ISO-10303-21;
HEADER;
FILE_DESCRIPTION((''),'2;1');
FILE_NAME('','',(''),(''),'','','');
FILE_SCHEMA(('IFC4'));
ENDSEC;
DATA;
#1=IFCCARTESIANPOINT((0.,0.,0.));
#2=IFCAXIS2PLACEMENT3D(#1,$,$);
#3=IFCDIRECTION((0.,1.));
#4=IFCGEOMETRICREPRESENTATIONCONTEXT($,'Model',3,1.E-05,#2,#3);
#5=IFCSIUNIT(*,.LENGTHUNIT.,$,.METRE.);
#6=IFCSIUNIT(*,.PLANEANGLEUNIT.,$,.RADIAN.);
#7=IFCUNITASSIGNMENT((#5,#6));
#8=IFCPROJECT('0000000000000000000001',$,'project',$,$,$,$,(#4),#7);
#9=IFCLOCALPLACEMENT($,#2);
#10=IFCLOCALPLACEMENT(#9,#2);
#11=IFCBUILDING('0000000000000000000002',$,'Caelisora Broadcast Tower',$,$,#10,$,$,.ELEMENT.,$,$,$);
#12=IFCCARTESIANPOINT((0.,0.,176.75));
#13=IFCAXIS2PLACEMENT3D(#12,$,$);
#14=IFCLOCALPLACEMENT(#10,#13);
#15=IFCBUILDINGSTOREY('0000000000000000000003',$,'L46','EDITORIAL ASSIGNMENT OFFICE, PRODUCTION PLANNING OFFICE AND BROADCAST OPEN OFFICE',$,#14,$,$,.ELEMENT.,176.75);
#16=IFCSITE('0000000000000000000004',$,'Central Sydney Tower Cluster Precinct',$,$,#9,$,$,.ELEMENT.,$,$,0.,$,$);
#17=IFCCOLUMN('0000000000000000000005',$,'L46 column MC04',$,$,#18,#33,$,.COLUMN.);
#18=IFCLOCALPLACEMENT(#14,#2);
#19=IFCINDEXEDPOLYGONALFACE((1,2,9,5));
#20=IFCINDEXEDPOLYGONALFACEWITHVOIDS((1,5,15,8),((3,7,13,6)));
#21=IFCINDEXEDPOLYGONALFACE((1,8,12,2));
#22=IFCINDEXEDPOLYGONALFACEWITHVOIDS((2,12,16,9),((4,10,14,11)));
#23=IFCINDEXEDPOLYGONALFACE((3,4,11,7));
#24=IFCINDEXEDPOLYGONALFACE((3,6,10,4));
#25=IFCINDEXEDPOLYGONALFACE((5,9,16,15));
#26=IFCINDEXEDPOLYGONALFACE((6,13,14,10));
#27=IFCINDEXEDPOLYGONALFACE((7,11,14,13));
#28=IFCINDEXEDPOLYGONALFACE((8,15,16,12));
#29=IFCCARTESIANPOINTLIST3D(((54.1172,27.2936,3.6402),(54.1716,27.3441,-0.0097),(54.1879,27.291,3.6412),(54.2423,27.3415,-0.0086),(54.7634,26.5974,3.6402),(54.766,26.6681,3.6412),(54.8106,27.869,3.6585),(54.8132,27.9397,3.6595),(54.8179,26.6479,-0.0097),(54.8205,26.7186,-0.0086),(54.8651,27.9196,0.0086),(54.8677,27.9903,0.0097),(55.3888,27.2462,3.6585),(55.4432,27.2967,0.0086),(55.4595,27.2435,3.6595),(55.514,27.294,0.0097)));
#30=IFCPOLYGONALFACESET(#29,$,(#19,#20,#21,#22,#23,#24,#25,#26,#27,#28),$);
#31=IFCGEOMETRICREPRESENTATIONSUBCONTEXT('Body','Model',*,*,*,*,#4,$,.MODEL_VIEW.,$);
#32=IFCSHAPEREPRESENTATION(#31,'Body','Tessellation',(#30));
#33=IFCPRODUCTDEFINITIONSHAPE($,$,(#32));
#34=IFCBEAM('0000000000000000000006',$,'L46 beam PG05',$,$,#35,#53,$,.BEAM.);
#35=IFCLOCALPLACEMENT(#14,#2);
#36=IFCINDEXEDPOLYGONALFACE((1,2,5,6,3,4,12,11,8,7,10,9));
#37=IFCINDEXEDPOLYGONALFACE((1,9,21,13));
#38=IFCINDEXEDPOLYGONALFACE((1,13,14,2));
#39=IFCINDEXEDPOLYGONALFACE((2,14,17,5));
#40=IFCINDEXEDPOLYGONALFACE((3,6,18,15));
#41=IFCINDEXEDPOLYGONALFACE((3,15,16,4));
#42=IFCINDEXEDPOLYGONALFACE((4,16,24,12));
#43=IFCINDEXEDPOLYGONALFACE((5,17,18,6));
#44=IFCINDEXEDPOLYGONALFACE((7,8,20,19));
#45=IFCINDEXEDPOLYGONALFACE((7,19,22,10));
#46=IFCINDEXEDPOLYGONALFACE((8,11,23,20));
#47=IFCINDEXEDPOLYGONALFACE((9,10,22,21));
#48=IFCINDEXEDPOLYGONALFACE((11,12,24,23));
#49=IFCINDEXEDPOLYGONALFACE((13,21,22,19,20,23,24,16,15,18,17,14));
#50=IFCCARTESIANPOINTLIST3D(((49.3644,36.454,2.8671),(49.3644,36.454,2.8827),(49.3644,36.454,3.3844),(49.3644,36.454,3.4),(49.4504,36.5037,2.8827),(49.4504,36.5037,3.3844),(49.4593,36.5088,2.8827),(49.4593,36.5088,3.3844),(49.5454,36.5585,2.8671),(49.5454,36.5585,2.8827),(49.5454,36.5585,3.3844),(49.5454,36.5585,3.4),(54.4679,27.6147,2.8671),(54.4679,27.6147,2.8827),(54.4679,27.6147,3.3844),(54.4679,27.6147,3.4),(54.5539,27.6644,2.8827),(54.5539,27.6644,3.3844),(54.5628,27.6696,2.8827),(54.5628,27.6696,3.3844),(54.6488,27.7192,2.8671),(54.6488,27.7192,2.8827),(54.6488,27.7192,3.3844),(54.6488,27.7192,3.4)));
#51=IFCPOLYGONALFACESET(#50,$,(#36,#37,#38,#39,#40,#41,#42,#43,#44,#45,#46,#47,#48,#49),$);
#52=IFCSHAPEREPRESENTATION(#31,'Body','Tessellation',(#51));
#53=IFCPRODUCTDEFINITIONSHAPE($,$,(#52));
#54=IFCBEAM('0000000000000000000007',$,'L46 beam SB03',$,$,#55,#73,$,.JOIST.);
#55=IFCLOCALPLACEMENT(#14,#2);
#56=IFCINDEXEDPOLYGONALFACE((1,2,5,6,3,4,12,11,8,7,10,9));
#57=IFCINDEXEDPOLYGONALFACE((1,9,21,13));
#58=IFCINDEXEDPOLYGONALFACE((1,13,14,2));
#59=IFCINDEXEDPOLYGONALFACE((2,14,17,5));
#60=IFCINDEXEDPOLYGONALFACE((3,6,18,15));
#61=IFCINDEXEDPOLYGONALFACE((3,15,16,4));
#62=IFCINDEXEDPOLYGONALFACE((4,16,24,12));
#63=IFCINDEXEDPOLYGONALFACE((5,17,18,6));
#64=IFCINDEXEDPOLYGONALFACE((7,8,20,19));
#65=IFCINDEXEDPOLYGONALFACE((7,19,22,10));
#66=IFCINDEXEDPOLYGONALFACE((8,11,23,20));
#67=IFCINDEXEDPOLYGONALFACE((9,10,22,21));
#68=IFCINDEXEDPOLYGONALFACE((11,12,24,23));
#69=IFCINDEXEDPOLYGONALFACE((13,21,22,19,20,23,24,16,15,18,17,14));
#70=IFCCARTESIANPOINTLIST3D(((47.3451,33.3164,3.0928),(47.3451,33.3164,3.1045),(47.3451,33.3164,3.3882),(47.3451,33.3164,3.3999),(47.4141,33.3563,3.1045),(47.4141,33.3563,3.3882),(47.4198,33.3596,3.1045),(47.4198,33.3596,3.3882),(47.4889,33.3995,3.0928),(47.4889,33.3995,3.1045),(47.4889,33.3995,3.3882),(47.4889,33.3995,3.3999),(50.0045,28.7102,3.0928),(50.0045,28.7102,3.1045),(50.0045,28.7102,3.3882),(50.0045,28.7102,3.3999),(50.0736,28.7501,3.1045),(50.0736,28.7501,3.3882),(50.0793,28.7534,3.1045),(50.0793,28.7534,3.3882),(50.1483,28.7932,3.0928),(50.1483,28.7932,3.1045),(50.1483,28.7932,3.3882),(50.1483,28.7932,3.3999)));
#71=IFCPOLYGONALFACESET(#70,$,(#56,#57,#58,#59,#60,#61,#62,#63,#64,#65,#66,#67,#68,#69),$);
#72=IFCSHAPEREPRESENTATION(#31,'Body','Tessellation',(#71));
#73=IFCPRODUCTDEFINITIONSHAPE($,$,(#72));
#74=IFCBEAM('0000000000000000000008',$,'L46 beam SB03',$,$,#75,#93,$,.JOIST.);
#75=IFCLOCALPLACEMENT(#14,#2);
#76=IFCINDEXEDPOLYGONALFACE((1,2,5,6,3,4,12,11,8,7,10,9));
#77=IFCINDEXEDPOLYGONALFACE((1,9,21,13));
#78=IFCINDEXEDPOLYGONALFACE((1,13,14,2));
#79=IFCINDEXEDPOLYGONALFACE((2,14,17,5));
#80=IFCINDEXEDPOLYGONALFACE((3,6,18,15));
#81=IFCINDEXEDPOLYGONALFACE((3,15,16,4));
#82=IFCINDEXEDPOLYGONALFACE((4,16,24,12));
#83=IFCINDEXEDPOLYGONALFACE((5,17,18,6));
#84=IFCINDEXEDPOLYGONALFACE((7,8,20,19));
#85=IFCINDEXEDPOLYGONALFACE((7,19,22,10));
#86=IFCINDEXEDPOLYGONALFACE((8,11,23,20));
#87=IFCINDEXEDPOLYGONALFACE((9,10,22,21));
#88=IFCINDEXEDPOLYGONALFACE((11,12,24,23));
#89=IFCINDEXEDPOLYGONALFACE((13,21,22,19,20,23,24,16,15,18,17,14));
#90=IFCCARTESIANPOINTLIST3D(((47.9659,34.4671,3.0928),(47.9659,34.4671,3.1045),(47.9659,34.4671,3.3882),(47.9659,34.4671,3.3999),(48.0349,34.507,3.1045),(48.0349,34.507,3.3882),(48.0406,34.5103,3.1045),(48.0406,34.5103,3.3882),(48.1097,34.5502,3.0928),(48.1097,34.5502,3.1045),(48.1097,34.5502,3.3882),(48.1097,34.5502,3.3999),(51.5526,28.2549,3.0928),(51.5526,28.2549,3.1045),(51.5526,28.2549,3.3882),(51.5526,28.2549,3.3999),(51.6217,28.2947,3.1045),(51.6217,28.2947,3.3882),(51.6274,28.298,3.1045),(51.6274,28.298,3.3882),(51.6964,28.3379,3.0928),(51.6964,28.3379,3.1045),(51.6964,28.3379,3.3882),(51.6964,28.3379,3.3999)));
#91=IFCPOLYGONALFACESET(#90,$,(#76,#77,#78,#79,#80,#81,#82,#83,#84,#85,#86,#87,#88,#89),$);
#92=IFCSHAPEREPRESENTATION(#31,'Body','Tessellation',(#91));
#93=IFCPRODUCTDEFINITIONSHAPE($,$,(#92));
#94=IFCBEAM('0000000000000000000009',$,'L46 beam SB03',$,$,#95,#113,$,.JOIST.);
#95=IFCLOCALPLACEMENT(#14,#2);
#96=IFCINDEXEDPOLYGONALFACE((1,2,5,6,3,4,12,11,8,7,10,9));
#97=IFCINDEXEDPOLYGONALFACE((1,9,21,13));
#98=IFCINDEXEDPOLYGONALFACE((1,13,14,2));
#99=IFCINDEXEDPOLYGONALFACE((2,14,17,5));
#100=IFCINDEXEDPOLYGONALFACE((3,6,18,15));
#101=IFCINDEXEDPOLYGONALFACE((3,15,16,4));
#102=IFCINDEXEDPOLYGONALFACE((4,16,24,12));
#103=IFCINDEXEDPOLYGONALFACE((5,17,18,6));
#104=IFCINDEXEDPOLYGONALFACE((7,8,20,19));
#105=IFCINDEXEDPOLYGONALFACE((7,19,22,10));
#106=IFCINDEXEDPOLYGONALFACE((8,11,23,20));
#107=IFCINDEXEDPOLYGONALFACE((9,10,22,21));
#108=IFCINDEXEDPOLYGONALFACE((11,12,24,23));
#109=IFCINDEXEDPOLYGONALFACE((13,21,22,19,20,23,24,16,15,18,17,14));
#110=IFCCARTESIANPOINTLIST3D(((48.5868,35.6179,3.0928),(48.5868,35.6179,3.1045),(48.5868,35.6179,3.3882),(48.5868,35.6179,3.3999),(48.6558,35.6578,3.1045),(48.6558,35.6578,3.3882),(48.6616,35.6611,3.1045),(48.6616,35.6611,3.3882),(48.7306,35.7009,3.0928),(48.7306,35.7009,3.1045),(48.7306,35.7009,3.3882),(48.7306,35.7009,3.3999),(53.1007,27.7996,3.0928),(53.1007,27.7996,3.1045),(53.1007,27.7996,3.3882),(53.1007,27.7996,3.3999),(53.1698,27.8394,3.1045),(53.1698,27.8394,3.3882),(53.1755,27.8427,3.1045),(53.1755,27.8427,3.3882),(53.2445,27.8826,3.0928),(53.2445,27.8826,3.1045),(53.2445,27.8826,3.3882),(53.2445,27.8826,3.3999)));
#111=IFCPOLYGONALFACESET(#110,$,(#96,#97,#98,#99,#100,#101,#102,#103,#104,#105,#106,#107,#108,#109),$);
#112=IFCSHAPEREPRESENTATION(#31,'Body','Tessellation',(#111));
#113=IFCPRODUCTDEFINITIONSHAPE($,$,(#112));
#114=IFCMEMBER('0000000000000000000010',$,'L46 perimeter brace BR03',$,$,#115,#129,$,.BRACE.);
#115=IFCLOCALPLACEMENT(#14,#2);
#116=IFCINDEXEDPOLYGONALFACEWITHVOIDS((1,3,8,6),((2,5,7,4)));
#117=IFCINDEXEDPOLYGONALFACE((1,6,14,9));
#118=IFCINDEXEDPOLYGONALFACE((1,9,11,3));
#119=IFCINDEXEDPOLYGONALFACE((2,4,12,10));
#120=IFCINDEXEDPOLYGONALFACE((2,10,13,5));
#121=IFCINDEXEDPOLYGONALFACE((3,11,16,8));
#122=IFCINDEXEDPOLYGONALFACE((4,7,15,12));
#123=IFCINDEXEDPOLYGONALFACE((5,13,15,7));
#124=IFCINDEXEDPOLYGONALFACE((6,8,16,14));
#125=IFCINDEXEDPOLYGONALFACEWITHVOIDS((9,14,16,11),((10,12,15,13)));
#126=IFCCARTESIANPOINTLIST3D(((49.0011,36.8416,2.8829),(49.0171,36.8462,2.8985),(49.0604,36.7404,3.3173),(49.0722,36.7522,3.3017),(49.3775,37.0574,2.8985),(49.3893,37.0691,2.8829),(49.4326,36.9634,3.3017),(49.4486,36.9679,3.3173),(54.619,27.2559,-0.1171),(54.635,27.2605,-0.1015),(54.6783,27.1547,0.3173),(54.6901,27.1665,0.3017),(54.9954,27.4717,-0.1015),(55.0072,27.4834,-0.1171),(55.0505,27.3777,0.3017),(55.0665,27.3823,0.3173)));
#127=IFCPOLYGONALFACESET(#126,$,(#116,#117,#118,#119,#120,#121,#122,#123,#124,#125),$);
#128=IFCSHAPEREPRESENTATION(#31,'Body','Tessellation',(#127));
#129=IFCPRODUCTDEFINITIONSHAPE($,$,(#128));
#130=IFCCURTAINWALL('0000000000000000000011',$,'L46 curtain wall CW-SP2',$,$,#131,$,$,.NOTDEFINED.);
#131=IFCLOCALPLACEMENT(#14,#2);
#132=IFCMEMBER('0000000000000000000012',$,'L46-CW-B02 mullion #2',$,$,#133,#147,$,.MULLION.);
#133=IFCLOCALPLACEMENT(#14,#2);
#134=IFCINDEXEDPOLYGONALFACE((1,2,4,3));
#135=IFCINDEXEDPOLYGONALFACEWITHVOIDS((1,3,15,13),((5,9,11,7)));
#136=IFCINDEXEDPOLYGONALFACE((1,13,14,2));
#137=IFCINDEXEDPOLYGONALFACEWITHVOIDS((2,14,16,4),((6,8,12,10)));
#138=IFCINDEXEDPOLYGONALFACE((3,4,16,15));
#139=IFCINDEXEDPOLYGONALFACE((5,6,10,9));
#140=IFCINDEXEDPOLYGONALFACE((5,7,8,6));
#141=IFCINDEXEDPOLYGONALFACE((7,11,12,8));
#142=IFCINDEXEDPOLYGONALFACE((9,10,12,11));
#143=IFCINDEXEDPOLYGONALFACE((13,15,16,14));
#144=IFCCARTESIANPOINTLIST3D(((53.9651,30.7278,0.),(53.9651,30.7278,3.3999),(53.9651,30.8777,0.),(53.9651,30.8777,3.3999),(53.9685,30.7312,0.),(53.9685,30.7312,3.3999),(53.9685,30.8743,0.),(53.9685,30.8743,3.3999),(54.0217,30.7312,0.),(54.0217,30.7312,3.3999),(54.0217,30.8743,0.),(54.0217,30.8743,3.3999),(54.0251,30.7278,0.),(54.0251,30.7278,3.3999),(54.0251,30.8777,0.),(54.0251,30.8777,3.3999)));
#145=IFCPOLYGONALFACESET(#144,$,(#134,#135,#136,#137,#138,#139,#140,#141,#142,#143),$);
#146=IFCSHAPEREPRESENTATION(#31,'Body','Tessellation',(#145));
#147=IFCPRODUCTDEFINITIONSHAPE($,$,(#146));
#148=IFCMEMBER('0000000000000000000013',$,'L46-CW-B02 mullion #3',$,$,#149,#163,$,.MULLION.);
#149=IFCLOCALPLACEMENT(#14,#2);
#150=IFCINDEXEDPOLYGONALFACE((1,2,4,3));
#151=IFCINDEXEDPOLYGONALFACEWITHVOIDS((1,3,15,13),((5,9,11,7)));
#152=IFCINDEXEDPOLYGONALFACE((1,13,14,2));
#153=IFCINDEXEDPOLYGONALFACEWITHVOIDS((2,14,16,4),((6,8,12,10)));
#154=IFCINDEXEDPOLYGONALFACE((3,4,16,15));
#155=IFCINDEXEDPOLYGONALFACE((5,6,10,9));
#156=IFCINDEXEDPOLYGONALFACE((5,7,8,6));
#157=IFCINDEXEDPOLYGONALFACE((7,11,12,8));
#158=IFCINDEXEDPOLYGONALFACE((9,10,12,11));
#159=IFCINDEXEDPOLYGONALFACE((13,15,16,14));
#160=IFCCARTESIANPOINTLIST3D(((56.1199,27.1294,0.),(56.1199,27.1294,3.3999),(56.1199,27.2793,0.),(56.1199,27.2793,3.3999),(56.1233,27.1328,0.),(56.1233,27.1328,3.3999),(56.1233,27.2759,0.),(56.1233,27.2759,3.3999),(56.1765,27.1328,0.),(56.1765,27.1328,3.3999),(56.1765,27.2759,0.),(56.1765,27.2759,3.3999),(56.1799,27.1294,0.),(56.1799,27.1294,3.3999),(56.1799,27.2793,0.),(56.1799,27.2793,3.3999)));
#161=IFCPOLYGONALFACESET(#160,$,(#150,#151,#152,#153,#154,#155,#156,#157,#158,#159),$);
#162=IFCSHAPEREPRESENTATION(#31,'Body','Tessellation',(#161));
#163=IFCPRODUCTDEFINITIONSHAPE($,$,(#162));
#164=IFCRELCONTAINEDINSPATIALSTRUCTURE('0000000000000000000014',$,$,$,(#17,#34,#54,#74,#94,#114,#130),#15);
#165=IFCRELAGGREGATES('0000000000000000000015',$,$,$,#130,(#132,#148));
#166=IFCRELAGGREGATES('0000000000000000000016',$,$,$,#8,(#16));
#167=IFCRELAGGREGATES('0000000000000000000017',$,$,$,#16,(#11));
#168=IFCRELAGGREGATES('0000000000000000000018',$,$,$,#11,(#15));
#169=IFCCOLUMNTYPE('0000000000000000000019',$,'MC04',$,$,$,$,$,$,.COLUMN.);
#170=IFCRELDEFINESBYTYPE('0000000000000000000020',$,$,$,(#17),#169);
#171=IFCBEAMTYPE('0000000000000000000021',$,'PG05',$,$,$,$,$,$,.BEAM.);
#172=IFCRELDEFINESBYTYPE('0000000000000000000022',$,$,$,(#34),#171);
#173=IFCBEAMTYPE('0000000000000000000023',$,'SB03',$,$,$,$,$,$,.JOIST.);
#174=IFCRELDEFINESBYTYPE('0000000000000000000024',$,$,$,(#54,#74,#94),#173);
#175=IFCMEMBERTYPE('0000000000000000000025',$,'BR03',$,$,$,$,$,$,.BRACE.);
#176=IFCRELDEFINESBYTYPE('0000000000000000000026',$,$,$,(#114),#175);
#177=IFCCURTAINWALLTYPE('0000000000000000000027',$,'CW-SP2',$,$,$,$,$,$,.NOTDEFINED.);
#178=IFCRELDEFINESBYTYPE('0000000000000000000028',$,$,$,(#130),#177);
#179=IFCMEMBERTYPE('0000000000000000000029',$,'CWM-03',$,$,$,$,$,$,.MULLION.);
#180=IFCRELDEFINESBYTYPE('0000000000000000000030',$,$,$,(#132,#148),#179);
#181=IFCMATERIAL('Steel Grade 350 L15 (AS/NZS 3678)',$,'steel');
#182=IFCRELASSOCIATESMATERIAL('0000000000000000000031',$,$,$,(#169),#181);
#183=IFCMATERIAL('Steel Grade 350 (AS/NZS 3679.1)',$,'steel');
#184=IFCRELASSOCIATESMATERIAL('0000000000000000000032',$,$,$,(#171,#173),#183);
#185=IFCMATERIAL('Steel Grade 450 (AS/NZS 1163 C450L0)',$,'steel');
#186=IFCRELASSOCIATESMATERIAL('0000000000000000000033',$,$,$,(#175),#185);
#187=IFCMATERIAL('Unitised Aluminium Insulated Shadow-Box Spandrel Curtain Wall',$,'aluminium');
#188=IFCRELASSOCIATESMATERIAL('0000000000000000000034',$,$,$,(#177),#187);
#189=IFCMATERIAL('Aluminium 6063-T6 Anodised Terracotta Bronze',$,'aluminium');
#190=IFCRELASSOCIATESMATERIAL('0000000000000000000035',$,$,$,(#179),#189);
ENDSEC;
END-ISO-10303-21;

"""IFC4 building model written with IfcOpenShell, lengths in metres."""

from ifc_helpers import new_model, si_unit, direction, frame, origin, origin_2d, place, context, subcontext, project, spatial, hollow_rectangle, i_section, extrude, source, transform, mapped, material, material_profile, profile_set, type_object, type_shapes, element, aggregate, save


model = new_model("IFC4")

# Units and contexts
model_context = context("Model", 3, precision=1e-05, world=origin(), true_north=direction((0.0, 1.0)))
body_context = subcontext(model_context, "Body", "Model", "MODEL_VIEW")
ifc_project = project(units=[si_unit("LENGTHUNIT", "METRE"), si_unit("PLANEANGLEUNIT", "RADIAN")], contexts=[model_context])

# Site, building, storey
site_placement = place(None, origin())
site = spatial("IfcSite", under=ifc_project, at=site_placement, Name="Central Sydney Tower Cluster Precinct", CompositionType="ELEMENT", RefElevation=0.0)
building_placement = place(site_placement, origin())
building = spatial("IfcBuilding", under=site, at=building_placement, Name="Caelisora Broadcast Tower", CompositionType="ELEMENT")
storey_placement = place(building_placement, frame((0.0, 0.0, 176.75)))
storey = spatial("IfcBuildingStorey", under=building, at=storey_placement, Name="L46", Description="EDITORIAL ASSIGNMENT OFFICE, PRODUCTION PLANNING OFFICE AND BROADCAST OPEN OFFICE", CompositionType="ELEMENT", Elevation=176.75)

# Column
ifc_material_1 = material(Name="Steel Grade 350 L15 (AS/NZS 3678)", Category="steel")
ifc_material_profile_1 = material_profile(ifc_material_1, hollow_rectangle(XDim=0.95, YDim=0.95, WallThickness=0.05, at=origin_2d()), Name="Steel Grade 350 L15 (AS/NZS 3678)")
ifc_profile_set_1 = profile_set([ifc_material_profile_1], Name="Steel Grade 350 L15 (AS/NZS 3678)")
column_type = type_object("IfcColumnType", Name="MC04", PredefinedType="COLUMN", material=ifc_profile_set_1)
shared_shape_1 = source(origin(), body_context, "Body", "SweptSolid", [
    extrude(hollow_rectangle(XDim=0.95, YDim=0.95, WallThickness=0.05, at=origin_2d()), origin(), (0.0, 0.0, 1.0), 3.6506),
])
type_shapes(column_type, [shared_shape_1])
column_placement = place(storey_placement, frame((54.8428, 27.3191, 0.0), z_axis=(-0.014913, -0.013843, 0.999793), x_axis=(0.680325, -0.732911, 0.0)))
element("IfcColumn", 1, at=column_placement, inside=storey, type_object=column_type, Name="L46 column MC04", PredefinedType="COLUMN", context=body_context, shape_type="MappedRepresentation", body=[
    mapped(shared_shape_1, transform((0.0, 0.0, 0.0), scale=1.0)),
])

# Beams
ifc_material_2 = material(Name="Steel Grade 350 (AS/NZS 3679.1)", Category="steel")
ifc_material_profile_2 = material_profile(ifc_material_2, i_section(OverallWidth=0.209, OverallDepth=0.533, WebThickness=0.0103, FlangeThickness=0.0156, at=origin_2d()), Name="Steel Grade 350 (AS/NZS 3679.1)")
ifc_profile_set_2 = profile_set([ifc_material_profile_2], Name="Steel Grade 350 (AS/NZS 3679.1)")
beam_type_1 = type_object("IfcBeamType", Name="PG05", PredefinedType="BEAM", material=ifc_profile_set_2)
shared_shape_2 = source(origin(), body_context, "Body", "SweptSolid", [
    extrude(i_section(OverallWidth=0.209, OverallDepth=0.533, WebThickness=0.0103, FlangeThickness=0.0156, at=origin_2d()), origin(), (0.0, 0.0, 1.0), 10.2068),
])
type_shapes(beam_type_1, [shared_shape_2])
beam_1_placement = place(storey_placement, frame((54.5583, 27.667, 3.1335), z_axis=(-0.500008, 0.866021, 0.0), x_axis=(-0.866021, -0.500008, 0.0)))
element("IfcBeam", 2, at=beam_1_placement, inside=storey, type_object=beam_type_1, Name="L46 beam PG05", PredefinedType="BEAM", context=body_context, shape_type="MappedRepresentation", body=[
    mapped(shared_shape_2, transform((0.0, 0.0, 0.0), scale=1.0)),
])
ifc_material_profile_3 = material_profile(ifc_material_2, i_section(OverallWidth=0.166, OverallDepth=0.3071, WebThickness=0.0066, FlangeThickness=0.0117, at=origin_2d()), Name="Steel Grade 350 (AS/NZS 3679.1)")
ifc_profile_set_3 = profile_set([ifc_material_profile_3], Name="Steel Grade 350 (AS/NZS 3679.1)")
beam_type_2 = type_object("IfcBeamType", Name="SB03", PredefinedType="JOIST", material=ifc_profile_set_3)
shared_shape_3 = source(origin(), body_context, "Body", "SweptSolid", [
    extrude(i_section(OverallWidth=0.166, OverallDepth=0.3071, WebThickness=0.0066, FlangeThickness=0.0117, at=origin_2d()), origin(), (0.0, 0.0, 1.0), 5.3188),
])
beam_2_placement = place(storey_placement, frame((50.0764, 28.7517, 3.2463), z_axis=(-0.500005, 0.866023, 0.0), x_axis=(-0.866023, -0.500005, 0.0)))
element("IfcBeam", 3, at=beam_2_placement, inside=storey, type_object=beam_type_2, Name="L46 beam SB03", PredefinedType="JOIST", context=body_context, shape_type="MappedRepresentation", body=[
    mapped(shared_shape_3, transform((0.0, 0.0, 0.0), scale=1.0)),
])
shared_shape_4 = source(origin(), body_context, "Body", "SweptSolid", [
    extrude(i_section(OverallWidth=0.166, OverallDepth=0.3071, WebThickness=0.0066, FlangeThickness=0.0117, at=origin_2d()), origin(), (0.0, 0.0, 1.0), 7.1733),
])
beam_3_placement = place(storey_placement, frame((51.6245, 28.2964, 3.2463), z_axis=(-0.500008, 0.866021, 0.0), x_axis=(-0.866021, -0.500008, 0.0)))
element("IfcBeam", 4, at=beam_3_placement, inside=storey, type_object=beam_type_2, Name="L46 beam SB03", PredefinedType="JOIST", context=body_context, shape_type="MappedRepresentation", body=[
    mapped(shared_shape_4, transform((0.0, 0.0, 0.0), scale=1.0)),
])
shared_shape_5 = source(origin(), body_context, "Body", "SweptSolid", [
    extrude(i_section(OverallWidth=0.166, OverallDepth=0.3071, WebThickness=0.0066, FlangeThickness=0.0117, at=origin_2d()), origin(), (0.0, 0.0, 1.0), 9.0278),
])
type_shapes(beam_type_2, [shared_shape_3, shared_shape_4, shared_shape_5])
beam_4_placement = place(storey_placement, frame((53.1726, 27.8411, 3.2463), z_axis=(-0.499999, 0.866026, 0.0), x_axis=(-0.866026, -0.499999, 0.0)))
element("IfcBeam", 5, at=beam_4_placement, inside=storey, type_object=beam_type_2, Name="L46 beam SB03", PredefinedType="JOIST", context=body_context, shape_type="MappedRepresentation", body=[
    mapped(shared_shape_5, transform((0.0, 0.0, 0.0), scale=1.0)),
])

# Member
ifc_material_3 = material(Name="Steel Grade 450 (AS/NZS 1163 C450L0)", Category="steel")
ifc_material_profile_4 = material_profile(ifc_material_3, hollow_rectangle(XDim=0.45, YDim=0.45, WallThickness=0.0161, at=origin_2d()), Name="Steel Grade 450 (AS/NZS 1163 C450L0)")
ifc_profile_set_4 = profile_set([ifc_material_profile_4], Name="Steel Grade 450 (AS/NZS 1163 C450L0)")
member_type_1 = type_object("IfcMemberType", Name="BR03", PredefinedType="BRACE", material=ifc_profile_set_4)
shared_shape_6 = source(origin(), body_context, "Body", "SweptSolid", [
    extrude(hollow_rectangle(XDim=0.45, YDim=0.45, WallThickness=0.0161, at=origin_2d()), origin(), (0.0, 0.0, 1.0), 11.5085),
])
type_shapes(member_type_1, [shared_shape_6])
member_1_placement = place(storey_placement, frame((54.8428, 27.3191, 0.1001), z_axis=(-0.488152, 0.83292, 0.260676), x_axis=(-0.862748, -0.505634, 0.0)))
element("IfcMember", 6, at=member_1_placement, inside=storey, type_object=member_type_1, Name="L46 perimeter brace BR03", PredefinedType="BRACE", context=body_context, shape_type="MappedRepresentation", body=[
    mapped(shared_shape_6, transform((0.0, 0.0, 0.0), scale=1.0)),
])

# Curtain wall, members
ifc_material_4 = material(Name="Unitised Aluminium Insulated Shadow-Box Spandrel Curtain Wall", Category="aluminium")
curtain_wall_type_1 = type_object("IfcCurtainWallType", Name="CW-SP2", PredefinedType="NOTDEFINED", material=ifc_material_4)
curtain_wall_1_placement = place(storey_placement, origin())
curtain_wall_1 = element("IfcCurtainWall", 7, at=curtain_wall_1_placement, inside=storey, type_object=curtain_wall_type_1, Name="L46 curtain wall CW-SP2", PredefinedType="NOTDEFINED")
ifc_material_5 = material(Name="Aluminium 6063-T6 Anodised Terracotta Bronze", Category="aluminium")
ifc_material_profile_5 = material_profile(ifc_material_5, hollow_rectangle(XDim=0.0601, YDim=0.1499, WallThickness=0.0034, at=origin_2d()), Name="Aluminium 6063-T6 Anodised Terracotta Bronze")
ifc_profile_set_5 = profile_set([ifc_material_profile_5], Name="Aluminium 6063-T6 Anodised Terracotta Bronze")
member_type_2 = type_object("IfcMemberType", Name="CWM-03", PredefinedType="MULLION", material=ifc_profile_set_5)
shared_shape_7 = source(origin(), body_context, "Body", "SweptSolid", [
    extrude(hollow_rectangle(XDim=0.0601, YDim=0.1499, WallThickness=0.0034, at=origin_2d()), origin(), (0.0, 0.0, 1.0), 3.3999),
])
type_shapes(member_type_2, [shared_shape_7])
member_2_placement = place(storey_placement, frame((53.9951, 30.8027, 0.0), z_axis=(0.0, 0.0, 1.0), x_axis=(1.0, 0.0, 0.0)))
member_2 = element("IfcMember", 8, at=member_2_placement, type_object=member_type_2, Name="L46-CW-B02 mullion #2", PredefinedType="MULLION", context=body_context, shape_type="MappedRepresentation", body=[
    mapped(shared_shape_7, transform((0.0, 0.0, 0.0), scale=1.0)),
])
member_3_placement = place(storey_placement, frame((56.1499, 27.2043, 0.0), z_axis=(0.0, 0.0, 1.0), x_axis=(1.0, 0.0, 0.0)))
member_3 = element("IfcMember", 9, at=member_3_placement, type_object=member_type_2, Name="L46-CW-B02 mullion #3", PredefinedType="MULLION", context=body_context, shape_type="MappedRepresentation", body=[
    mapped(shared_shape_7, transform((0.0, 0.0, 0.0), scale=1.0)),
])

aggregate(curtain_wall_1, [member_2, member_3])

save(model, "model.ifc")
